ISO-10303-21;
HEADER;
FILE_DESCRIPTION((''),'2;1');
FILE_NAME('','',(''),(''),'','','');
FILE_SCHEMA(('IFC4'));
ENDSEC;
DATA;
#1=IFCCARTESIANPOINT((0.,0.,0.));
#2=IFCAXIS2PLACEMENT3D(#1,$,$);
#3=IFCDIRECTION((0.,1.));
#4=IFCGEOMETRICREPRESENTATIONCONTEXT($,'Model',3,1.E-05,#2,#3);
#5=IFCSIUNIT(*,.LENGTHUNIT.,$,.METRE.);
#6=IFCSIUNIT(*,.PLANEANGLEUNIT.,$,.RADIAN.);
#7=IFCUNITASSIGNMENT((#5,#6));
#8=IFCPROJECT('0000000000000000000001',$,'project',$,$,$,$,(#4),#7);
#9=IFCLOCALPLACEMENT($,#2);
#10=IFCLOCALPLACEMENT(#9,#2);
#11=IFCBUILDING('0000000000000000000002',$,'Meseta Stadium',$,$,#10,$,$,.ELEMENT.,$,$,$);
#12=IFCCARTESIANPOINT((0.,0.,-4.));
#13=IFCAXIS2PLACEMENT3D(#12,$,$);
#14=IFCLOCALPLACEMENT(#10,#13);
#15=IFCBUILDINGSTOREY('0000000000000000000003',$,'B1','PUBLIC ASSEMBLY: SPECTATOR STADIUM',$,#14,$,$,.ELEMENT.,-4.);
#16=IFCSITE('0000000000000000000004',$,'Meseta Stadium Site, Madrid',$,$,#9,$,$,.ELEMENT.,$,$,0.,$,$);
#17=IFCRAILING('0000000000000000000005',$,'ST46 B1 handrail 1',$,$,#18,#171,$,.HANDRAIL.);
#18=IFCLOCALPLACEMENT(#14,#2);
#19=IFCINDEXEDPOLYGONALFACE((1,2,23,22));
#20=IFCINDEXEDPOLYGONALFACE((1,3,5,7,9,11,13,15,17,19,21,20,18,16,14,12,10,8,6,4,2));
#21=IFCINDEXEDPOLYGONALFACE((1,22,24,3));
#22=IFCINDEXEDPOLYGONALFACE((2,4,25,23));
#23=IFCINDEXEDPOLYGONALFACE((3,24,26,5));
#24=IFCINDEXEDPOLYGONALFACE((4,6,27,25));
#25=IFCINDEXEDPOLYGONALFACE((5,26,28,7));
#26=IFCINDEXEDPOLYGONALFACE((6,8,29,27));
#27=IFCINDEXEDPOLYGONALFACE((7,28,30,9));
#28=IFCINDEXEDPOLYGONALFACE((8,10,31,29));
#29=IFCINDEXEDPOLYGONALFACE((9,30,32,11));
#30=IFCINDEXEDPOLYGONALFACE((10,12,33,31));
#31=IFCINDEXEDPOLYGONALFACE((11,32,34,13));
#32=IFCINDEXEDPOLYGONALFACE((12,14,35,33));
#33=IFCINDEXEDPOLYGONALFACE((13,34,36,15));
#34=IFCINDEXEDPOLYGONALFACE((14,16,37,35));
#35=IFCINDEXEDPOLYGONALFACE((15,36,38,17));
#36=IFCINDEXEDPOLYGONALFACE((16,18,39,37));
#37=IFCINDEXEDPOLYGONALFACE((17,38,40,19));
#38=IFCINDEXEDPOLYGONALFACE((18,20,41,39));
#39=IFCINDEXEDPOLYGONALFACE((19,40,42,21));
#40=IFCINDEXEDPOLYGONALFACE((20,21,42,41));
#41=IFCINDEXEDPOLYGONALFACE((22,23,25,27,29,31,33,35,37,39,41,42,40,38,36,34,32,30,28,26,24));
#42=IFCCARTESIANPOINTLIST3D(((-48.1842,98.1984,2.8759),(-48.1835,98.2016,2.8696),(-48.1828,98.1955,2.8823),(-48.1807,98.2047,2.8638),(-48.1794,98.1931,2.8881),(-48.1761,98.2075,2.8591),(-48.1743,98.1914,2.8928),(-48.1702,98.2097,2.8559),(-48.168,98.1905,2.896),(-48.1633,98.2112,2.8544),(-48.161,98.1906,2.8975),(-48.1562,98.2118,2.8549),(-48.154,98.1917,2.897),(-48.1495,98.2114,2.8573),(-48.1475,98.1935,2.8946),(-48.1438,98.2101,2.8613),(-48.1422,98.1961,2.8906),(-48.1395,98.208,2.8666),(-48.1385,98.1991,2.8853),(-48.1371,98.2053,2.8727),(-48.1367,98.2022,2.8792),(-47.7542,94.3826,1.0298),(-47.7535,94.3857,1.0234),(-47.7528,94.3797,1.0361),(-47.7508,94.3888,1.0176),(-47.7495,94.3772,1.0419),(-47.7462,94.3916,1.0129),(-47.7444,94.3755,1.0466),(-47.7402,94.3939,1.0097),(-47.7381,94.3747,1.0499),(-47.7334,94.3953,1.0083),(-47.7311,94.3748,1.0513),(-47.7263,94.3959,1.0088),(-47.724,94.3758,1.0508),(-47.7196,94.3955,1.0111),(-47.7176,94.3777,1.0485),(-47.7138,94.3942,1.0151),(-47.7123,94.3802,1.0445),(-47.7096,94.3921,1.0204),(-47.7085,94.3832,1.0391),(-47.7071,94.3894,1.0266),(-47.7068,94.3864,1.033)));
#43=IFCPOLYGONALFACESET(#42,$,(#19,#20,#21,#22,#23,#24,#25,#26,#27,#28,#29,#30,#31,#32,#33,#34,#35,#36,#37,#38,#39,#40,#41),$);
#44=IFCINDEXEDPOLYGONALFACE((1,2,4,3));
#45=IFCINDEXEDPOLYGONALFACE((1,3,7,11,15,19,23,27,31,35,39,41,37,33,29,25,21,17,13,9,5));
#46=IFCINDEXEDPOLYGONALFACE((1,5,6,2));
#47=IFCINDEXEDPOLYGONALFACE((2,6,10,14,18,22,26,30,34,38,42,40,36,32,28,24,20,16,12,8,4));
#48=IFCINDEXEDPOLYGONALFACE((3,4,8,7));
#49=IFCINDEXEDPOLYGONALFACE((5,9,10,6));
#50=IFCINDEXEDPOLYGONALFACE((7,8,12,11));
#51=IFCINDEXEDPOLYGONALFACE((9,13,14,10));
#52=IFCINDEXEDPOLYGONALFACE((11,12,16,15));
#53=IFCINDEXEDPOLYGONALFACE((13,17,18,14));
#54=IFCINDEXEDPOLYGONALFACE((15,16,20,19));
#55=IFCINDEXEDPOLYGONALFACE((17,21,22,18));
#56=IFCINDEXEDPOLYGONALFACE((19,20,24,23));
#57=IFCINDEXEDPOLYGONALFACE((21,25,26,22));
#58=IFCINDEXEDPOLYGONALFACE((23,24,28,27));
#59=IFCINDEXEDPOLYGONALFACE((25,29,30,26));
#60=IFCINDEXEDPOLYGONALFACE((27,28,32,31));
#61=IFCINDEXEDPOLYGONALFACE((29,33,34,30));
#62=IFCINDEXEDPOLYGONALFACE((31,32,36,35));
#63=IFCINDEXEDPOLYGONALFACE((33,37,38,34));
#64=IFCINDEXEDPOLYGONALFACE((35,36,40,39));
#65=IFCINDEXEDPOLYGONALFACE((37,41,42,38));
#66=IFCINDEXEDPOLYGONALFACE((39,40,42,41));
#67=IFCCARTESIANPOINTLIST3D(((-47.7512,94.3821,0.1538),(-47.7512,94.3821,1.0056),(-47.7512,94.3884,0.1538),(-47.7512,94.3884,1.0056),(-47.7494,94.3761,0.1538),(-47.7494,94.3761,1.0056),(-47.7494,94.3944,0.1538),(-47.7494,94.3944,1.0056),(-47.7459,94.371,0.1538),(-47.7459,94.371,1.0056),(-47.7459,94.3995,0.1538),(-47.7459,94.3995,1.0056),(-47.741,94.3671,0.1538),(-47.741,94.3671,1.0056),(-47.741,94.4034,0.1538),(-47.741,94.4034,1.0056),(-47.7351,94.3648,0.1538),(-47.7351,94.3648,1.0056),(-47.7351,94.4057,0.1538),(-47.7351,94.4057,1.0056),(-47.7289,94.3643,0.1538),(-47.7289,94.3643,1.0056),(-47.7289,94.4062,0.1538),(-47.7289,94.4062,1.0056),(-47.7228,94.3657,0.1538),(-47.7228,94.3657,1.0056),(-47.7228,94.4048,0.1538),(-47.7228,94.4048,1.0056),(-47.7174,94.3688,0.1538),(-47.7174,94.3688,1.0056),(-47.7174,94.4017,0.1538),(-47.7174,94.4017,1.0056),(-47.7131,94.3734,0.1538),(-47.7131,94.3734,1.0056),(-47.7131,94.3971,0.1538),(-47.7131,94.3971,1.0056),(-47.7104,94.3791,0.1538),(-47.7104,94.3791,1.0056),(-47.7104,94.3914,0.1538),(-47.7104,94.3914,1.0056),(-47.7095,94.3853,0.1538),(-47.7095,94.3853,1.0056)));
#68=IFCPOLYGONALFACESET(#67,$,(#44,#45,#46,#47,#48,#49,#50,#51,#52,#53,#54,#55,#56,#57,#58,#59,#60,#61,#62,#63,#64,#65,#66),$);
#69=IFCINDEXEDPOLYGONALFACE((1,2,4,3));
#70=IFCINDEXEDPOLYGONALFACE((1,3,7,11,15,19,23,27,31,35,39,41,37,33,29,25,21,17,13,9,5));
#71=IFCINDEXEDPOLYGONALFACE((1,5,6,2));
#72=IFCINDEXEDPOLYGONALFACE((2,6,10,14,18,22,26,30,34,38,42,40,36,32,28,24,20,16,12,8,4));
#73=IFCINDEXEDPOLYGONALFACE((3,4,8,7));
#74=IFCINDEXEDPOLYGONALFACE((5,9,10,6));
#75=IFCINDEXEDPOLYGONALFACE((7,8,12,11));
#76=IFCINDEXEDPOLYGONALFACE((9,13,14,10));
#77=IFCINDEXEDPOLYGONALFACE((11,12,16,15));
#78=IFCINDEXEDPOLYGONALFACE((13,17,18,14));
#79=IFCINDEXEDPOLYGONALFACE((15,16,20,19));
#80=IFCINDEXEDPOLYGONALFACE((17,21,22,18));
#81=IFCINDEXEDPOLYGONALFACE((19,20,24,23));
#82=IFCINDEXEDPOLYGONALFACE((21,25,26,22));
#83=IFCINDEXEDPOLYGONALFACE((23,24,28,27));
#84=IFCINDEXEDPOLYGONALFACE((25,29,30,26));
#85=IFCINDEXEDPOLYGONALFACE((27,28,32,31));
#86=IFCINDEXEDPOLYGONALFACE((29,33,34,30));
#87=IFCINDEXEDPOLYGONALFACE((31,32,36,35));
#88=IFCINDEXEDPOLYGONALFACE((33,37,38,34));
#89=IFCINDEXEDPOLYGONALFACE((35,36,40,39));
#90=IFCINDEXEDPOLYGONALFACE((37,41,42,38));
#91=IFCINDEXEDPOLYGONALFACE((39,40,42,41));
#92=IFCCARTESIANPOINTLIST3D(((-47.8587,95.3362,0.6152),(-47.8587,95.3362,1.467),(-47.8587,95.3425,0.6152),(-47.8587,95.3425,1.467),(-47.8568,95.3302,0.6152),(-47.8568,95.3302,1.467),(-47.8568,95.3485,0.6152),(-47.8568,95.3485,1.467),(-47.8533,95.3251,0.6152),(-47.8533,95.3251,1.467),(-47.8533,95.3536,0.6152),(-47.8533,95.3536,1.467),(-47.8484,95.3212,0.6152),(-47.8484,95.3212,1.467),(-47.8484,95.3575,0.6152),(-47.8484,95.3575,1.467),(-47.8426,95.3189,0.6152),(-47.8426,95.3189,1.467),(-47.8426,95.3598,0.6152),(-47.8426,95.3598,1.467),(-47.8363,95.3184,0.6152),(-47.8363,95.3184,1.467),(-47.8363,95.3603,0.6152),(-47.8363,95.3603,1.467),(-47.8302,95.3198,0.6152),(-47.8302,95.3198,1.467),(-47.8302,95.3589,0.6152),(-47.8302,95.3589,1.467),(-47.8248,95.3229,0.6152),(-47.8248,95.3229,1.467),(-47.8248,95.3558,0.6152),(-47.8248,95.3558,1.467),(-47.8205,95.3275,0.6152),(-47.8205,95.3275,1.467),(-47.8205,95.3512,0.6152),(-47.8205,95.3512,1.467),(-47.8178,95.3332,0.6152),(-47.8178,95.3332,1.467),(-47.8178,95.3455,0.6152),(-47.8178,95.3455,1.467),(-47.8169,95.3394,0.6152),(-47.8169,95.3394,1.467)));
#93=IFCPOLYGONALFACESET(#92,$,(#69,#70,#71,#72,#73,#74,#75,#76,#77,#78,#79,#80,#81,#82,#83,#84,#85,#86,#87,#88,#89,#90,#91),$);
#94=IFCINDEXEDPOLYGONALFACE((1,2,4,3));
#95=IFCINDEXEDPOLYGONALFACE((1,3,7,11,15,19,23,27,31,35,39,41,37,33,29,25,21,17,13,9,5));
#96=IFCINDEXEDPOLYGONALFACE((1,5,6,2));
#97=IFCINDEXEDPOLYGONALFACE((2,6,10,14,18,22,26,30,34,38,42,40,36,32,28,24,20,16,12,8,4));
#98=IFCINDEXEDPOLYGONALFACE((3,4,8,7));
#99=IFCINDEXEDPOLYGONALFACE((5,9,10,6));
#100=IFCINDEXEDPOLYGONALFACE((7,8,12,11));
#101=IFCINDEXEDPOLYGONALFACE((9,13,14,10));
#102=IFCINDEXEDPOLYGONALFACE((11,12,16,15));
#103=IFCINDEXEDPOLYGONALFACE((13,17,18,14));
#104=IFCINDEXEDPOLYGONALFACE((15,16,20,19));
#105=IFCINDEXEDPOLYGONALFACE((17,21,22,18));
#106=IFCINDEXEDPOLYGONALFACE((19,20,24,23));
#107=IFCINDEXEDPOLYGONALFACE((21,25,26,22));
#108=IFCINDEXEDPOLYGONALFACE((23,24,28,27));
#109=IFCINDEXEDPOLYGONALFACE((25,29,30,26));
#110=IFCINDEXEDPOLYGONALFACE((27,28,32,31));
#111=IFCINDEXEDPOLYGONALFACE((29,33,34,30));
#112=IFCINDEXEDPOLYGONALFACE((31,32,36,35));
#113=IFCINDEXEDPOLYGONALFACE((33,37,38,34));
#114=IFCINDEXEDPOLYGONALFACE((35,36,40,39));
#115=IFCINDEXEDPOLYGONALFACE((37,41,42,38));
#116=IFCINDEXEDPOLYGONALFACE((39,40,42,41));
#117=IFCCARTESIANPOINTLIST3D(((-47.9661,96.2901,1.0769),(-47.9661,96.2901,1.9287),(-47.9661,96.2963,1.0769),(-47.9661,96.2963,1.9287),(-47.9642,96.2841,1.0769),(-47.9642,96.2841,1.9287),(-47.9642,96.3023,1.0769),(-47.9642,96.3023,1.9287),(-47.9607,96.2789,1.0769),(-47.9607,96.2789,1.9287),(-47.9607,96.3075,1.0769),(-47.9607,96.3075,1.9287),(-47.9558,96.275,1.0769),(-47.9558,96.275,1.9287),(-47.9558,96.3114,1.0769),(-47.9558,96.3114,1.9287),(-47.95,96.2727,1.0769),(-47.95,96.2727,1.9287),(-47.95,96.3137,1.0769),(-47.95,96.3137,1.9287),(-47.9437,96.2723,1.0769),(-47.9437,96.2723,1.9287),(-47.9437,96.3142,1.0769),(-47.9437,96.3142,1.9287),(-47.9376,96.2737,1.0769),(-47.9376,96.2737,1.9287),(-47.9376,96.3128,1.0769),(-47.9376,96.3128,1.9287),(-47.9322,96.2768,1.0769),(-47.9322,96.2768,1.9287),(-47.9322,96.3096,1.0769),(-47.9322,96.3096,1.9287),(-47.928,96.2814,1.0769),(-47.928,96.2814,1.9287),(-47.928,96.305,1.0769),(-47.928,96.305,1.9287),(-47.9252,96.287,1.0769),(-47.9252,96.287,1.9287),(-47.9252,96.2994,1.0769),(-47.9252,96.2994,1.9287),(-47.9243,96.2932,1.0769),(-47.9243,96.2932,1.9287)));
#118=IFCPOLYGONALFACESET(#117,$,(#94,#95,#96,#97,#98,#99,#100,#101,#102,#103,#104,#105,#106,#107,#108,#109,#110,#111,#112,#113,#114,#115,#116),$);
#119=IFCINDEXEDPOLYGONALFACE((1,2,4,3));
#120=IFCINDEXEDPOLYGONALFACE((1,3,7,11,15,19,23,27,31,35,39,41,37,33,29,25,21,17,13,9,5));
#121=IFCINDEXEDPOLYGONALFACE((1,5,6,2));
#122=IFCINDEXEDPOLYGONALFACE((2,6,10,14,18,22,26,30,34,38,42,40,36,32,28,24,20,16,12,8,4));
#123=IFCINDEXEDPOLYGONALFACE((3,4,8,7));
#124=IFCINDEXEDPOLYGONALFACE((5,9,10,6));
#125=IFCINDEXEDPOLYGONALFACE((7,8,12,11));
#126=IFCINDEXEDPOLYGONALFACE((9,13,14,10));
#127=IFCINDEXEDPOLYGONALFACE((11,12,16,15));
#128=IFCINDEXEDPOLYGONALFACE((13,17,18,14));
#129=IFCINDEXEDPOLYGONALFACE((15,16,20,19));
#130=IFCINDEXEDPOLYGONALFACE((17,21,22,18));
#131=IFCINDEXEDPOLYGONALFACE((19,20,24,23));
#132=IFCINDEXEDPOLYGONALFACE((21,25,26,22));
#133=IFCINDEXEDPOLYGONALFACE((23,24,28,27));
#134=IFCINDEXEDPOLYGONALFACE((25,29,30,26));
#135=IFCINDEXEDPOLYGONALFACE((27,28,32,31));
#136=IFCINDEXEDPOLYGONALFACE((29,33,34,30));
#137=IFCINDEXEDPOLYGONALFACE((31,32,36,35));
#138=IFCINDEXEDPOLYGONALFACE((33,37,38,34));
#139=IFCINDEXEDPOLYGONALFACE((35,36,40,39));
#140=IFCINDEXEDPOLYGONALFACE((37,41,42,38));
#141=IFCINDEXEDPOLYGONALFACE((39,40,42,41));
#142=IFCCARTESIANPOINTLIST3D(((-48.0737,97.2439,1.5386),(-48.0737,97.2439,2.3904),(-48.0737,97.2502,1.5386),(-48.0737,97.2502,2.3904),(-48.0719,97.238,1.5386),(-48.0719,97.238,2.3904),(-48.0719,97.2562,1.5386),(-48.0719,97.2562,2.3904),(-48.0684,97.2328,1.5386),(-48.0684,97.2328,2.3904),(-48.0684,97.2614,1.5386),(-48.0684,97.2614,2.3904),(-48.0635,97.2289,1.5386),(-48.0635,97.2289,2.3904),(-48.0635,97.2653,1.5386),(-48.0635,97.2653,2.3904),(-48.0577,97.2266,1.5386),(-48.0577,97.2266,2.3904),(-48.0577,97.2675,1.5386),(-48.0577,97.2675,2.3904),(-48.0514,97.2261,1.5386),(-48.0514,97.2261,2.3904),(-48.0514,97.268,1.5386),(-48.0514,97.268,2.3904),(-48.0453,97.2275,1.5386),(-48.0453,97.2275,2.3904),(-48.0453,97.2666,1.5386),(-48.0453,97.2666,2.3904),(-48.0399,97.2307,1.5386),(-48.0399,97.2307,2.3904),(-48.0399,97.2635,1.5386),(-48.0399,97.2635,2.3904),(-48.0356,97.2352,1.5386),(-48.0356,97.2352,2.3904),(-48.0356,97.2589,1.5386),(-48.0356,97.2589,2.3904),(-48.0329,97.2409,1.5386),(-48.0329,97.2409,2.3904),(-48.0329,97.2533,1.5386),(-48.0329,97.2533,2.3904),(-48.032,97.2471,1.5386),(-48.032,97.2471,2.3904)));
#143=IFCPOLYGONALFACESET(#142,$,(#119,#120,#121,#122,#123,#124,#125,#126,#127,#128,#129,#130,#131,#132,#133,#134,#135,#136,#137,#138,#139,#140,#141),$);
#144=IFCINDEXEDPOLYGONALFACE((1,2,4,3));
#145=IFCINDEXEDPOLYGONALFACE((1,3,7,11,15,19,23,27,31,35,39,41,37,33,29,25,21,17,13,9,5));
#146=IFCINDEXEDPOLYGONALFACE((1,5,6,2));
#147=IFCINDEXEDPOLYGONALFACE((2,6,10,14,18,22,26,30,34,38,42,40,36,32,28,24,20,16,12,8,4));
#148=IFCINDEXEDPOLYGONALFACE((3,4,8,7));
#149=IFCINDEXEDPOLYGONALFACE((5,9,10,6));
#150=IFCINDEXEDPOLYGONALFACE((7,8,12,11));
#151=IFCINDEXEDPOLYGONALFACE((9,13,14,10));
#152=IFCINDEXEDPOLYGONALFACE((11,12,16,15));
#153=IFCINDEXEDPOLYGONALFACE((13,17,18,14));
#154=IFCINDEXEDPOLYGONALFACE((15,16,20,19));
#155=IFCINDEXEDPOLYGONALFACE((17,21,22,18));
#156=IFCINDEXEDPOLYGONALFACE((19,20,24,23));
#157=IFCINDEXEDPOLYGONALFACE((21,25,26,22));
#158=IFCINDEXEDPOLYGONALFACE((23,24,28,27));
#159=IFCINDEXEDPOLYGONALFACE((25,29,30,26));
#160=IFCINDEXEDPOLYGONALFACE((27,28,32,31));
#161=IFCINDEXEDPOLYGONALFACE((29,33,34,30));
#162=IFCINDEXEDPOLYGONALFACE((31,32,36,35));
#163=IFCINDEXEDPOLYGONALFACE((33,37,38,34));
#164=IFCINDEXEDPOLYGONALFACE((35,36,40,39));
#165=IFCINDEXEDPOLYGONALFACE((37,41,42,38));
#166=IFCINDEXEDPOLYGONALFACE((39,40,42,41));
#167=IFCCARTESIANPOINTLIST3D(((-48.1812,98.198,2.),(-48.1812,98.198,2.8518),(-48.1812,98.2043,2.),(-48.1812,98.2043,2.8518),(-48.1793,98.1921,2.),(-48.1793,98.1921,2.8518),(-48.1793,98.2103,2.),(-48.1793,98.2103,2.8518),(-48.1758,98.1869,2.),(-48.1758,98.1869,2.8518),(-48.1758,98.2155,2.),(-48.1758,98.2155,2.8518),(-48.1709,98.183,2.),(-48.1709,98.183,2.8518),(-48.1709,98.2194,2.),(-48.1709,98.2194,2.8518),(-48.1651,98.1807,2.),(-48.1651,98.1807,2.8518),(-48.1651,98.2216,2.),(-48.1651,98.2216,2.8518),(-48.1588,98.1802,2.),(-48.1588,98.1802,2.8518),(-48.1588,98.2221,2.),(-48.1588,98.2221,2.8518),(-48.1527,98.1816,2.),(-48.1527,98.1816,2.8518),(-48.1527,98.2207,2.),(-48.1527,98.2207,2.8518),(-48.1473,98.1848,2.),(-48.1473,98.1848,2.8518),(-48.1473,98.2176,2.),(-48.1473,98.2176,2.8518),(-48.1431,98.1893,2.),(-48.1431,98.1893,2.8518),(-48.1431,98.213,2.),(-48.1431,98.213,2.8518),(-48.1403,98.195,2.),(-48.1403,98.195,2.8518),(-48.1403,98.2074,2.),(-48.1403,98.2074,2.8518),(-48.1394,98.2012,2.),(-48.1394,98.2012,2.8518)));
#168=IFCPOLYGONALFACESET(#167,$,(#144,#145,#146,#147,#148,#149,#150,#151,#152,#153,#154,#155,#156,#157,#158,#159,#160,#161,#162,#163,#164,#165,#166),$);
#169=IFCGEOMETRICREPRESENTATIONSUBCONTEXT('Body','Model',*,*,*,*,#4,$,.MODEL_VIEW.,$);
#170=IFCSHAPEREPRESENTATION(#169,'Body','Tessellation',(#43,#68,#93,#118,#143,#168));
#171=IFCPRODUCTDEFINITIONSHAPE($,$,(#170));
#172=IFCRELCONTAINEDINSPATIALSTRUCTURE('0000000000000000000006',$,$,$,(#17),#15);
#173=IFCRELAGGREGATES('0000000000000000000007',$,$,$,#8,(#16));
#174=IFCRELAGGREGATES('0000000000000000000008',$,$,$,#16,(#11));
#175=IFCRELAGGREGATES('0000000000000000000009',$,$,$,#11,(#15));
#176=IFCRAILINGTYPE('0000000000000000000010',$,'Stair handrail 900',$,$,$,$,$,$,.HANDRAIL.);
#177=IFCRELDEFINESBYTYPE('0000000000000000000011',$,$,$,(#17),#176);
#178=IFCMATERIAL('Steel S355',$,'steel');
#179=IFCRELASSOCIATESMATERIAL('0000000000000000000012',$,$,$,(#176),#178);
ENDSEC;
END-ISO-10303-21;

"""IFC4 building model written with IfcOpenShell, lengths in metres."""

from ifc_helpers import new_model, si_unit, direction, frame, origin, origin_2d, place, context, subcontext, project, spatial, circle, extrude, material, type_object, element, save


model = new_model("IFC4")

# Units and contexts
model_context = context("Model", 3, precision=1e-05, world=origin(), true_north=direction((0.0, 1.0)))
body_context = subcontext(model_context, "Body", "Model", "MODEL_VIEW")
ifc_project = project(units=[si_unit("LENGTHUNIT", "METRE"), si_unit("PLANEANGLEUNIT", "RADIAN")], contexts=[model_context])

# Site, building, storey
site_placement = place(None, origin())
site = spatial("IfcSite", under=ifc_project, at=site_placement, Name="Meseta Stadium Site, Madrid", CompositionType="ELEMENT", RefElevation=0.0)
building_placement = place(site_placement, origin())
building = spatial("IfcBuilding", under=site, at=building_placement, Name="Meseta Stadium", CompositionType="ELEMENT")
storey_placement = place(building_placement, frame((0.0, 0.0, -4.0)))
storey = spatial("IfcBuildingStorey", under=building, at=storey_placement, Name="B1", Description="PUBLIC ASSEMBLY: SPECTATOR STADIUM", CompositionType="ELEMENT", Elevation=-4.0)

# Railing
ifc_material_1 = material(Name="Steel S355", Category="steel")
railing_type_1 = type_object("IfcRailingType", Name="Stair handrail 900", PredefinedType="HANDRAIL", material=ifc_material_1)
railing_1_placement = place(storey_placement, frame((-47.7305, 94.3853, 0.1538)))
element("IfcRailing", 1, at=railing_1_placement, inside=storey, type_object=railing_type_1, Name="ST46 B1 handrail 1", PredefinedType="HANDRAIL", context=body_context, shape_type="SweptSolid", body=[
    extrude(circle(Radius=0.0239, at=origin_2d()), frame((0.0, 0.0, 0.876), z_axis=(-0.100904, 0.895585, 0.433296), x_axis=(-0.993713, -0.11196, 0.0)), (0.0, 0.0, 1.0), 4.2607),
    extrude(circle(Radius=0.021, at=origin_2d()), origin(), (0.0, 0.0, 1.0), 0.8518),
    extrude(circle(Radius=0.021, at=origin_2d()), frame((-0.1074, 0.9541, 0.4614)), (0.0, 0.0, 1.0), 0.8518),
    extrude(circle(Radius=0.021, at=origin_2d()), frame((-0.2148, 1.908, 0.9231)), (0.0, 0.0, 1.0), 0.8518),
    extrude(circle(Radius=0.021, at=origin_2d()), frame((-0.3225, 2.8618, 1.3848)), (0.0, 0.0, 1.0), 0.8518),
    extrude(circle(Radius=0.021, at=origin_2d()), frame((-0.4299, 3.8159, 1.8462)), (0.0, 0.0, 1.0), 0.8518),
])

save(model, "model.ifc")
